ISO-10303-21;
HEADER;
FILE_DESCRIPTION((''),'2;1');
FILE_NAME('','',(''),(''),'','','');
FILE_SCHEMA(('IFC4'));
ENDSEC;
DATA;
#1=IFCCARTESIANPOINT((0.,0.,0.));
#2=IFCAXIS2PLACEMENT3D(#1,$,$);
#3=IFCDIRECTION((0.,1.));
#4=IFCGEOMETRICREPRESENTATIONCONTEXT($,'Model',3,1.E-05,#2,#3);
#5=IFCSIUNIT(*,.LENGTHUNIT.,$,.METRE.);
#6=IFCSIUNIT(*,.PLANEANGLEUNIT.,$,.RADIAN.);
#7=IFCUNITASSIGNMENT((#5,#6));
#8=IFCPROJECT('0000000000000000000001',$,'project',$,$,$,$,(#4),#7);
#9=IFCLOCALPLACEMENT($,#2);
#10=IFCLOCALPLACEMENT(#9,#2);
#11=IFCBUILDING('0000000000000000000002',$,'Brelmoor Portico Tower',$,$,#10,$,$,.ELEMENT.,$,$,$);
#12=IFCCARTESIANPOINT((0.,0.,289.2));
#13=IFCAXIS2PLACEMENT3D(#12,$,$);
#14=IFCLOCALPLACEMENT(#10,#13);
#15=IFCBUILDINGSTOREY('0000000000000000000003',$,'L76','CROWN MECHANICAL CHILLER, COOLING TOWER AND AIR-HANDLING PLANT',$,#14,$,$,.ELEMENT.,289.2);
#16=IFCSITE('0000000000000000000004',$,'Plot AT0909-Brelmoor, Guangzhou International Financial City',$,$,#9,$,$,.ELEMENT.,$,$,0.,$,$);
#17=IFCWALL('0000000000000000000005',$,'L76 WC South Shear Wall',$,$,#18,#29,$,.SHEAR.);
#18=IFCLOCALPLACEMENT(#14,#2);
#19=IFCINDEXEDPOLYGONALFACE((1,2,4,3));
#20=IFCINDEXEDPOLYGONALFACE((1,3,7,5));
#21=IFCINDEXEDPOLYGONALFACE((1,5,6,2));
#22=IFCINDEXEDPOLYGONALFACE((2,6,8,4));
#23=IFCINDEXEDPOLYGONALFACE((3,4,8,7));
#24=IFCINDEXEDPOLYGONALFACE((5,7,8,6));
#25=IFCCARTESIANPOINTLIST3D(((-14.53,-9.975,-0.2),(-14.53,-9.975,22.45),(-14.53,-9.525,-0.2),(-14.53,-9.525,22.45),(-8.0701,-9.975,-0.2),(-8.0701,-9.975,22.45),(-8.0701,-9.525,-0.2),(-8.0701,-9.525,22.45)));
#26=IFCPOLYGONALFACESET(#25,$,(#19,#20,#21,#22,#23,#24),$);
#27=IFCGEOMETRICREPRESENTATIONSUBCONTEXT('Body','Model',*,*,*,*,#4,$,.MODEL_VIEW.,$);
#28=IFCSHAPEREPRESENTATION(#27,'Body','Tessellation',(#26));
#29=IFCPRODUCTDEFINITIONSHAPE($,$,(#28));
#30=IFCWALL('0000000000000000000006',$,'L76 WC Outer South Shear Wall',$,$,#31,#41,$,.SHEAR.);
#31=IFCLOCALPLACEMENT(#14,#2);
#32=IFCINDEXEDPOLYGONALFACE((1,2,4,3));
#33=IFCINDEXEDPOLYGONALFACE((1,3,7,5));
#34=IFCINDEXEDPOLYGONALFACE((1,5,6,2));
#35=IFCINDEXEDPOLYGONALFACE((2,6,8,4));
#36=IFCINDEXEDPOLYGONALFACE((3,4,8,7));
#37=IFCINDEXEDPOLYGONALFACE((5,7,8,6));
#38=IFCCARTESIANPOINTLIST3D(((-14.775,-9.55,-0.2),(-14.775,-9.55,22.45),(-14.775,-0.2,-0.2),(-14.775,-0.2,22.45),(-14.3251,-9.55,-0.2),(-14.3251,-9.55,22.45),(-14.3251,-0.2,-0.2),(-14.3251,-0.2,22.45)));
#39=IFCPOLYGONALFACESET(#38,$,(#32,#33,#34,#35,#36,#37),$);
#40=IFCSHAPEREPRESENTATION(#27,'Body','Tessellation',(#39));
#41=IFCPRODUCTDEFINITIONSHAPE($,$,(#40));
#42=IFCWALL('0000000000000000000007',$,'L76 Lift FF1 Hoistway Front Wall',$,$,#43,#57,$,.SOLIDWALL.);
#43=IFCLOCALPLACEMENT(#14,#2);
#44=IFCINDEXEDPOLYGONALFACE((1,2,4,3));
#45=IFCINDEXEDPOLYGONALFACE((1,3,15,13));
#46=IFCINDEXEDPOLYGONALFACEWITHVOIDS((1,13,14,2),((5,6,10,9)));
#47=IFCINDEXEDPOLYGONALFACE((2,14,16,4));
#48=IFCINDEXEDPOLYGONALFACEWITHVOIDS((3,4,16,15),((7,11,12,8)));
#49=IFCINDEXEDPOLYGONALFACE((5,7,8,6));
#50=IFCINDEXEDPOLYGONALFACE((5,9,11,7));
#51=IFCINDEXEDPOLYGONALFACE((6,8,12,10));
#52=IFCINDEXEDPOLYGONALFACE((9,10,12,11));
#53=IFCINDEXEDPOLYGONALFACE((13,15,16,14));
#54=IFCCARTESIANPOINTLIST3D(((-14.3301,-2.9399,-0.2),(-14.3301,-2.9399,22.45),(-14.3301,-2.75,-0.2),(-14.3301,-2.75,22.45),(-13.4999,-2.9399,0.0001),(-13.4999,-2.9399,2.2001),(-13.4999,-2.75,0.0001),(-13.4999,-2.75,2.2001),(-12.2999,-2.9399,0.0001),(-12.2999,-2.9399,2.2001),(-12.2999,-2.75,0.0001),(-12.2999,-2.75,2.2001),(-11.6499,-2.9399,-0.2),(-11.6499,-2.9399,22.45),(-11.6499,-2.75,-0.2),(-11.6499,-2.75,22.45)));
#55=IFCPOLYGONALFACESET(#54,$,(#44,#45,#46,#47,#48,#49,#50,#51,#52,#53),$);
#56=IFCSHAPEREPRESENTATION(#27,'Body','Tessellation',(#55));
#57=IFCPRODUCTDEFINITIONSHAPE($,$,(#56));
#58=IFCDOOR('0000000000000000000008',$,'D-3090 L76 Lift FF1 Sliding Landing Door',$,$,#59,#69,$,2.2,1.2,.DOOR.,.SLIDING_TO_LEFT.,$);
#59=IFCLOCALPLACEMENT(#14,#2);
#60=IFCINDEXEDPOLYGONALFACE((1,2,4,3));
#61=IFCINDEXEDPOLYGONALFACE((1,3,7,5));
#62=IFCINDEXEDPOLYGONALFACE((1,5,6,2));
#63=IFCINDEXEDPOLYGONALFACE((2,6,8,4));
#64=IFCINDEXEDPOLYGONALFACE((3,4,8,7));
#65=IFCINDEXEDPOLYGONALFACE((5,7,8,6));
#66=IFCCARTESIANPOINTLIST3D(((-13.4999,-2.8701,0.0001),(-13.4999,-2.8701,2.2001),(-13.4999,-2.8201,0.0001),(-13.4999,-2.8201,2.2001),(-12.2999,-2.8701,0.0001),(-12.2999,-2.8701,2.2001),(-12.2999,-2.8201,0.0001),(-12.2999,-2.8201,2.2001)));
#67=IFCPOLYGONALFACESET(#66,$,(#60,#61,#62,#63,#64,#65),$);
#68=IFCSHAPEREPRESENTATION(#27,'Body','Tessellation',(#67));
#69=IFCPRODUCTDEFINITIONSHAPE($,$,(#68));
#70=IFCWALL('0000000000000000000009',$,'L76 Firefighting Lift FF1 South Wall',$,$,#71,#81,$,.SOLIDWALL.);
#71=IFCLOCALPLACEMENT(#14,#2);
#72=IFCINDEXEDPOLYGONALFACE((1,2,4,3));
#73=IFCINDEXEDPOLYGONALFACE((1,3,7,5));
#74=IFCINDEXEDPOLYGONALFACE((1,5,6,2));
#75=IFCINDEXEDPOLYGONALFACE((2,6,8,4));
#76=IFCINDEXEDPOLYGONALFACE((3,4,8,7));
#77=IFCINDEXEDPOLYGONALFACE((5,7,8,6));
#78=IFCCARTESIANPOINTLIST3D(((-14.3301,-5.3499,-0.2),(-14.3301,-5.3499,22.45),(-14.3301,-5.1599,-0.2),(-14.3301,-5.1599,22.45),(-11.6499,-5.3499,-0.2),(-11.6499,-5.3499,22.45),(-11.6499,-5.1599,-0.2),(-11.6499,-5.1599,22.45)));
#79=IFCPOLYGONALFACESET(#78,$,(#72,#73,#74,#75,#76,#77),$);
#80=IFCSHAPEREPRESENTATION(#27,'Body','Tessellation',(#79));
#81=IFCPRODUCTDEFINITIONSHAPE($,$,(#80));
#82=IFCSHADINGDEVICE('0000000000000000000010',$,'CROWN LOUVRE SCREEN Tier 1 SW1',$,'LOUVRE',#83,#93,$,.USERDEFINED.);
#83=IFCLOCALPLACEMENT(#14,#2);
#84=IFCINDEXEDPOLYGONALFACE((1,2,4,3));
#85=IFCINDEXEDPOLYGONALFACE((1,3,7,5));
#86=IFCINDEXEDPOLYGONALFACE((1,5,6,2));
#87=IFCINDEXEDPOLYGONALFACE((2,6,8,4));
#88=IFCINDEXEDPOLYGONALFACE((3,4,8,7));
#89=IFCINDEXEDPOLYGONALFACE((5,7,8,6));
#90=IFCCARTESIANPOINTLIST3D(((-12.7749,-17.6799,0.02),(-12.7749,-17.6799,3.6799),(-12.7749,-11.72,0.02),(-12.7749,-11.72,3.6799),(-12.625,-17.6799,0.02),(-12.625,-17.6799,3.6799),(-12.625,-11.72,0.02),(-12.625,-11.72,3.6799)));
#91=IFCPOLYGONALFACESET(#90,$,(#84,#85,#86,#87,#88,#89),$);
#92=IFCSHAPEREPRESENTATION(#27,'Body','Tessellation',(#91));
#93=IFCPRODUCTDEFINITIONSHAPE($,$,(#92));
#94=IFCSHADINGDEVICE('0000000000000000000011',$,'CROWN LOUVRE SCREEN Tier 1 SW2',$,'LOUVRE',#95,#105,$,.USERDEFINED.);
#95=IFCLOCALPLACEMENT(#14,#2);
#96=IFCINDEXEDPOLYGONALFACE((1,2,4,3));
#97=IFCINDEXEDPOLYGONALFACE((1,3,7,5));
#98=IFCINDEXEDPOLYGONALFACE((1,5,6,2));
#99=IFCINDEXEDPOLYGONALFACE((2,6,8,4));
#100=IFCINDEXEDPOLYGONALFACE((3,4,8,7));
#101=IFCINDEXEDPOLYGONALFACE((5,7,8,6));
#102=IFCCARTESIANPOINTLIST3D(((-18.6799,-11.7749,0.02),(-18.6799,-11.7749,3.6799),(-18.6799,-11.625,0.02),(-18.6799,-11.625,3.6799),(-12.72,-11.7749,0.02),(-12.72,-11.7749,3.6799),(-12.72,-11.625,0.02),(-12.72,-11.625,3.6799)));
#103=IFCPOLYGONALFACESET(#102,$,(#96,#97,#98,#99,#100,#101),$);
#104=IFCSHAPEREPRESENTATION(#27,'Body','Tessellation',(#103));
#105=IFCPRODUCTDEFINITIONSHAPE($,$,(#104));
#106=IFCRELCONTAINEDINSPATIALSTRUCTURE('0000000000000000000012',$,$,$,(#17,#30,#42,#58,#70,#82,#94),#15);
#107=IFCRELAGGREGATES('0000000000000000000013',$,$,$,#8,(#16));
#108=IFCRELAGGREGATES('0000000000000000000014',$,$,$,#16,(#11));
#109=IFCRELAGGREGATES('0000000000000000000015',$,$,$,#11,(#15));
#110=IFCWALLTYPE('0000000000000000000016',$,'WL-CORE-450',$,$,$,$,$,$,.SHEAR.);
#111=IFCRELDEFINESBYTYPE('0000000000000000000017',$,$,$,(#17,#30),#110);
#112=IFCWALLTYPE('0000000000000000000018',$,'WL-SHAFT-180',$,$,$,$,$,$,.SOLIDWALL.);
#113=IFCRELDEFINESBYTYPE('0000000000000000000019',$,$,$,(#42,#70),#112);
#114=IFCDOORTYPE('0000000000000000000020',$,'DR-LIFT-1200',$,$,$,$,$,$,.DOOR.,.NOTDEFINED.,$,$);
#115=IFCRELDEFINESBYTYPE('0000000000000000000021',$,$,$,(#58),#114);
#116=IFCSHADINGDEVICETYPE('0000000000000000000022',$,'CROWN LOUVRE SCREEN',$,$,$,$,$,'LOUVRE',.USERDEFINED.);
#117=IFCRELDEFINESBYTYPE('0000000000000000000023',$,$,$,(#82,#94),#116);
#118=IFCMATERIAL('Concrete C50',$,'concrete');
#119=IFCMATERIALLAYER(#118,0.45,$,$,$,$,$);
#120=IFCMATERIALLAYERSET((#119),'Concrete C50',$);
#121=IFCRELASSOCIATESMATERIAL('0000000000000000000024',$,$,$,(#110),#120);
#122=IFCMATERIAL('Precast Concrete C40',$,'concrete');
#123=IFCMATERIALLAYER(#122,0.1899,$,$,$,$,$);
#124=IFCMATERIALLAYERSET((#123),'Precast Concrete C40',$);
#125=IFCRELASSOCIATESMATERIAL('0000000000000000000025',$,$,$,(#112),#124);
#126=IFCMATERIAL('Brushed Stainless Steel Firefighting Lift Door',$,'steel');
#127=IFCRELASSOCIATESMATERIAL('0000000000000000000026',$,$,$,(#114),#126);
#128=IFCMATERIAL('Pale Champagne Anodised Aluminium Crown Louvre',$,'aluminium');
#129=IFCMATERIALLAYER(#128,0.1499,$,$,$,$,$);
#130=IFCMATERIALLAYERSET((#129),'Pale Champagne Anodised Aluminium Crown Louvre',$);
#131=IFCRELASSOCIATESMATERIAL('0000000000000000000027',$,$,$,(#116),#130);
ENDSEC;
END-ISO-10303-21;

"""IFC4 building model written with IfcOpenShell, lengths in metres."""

from ifc_helpers import new_model, si_unit, direction, frame, frame_2d, origin, origin_2d, place, context, subcontext, project, spatial, rectangle, extrude, material, layer, layer_set, type_object, element, fill, save


model = new_model("IFC4")

# Units and contexts
model_context = context("Model", 3, precision=1e-05, world=origin(), true_north=direction((0.0, 1.0)))
body_context = subcontext(model_context, "Body", "Model", "MODEL_VIEW")
ifc_project = project(units=[si_unit("LENGTHUNIT", "METRE"), si_unit("PLANEANGLEUNIT", "RADIAN")], contexts=[model_context])

# Site, building, storey
site_placement = place(None, origin())
site = spatial("IfcSite", under=ifc_project, at=site_placement, Name="Plot AT0909-Brelmoor, Guangzhou International Financial City", CompositionType="ELEMENT", RefElevation=0.0)
building_placement = place(site_placement, origin())
building = spatial("IfcBuilding", under=site, at=building_placement, Name="Brelmoor Portico Tower", CompositionType="ELEMENT")
storey_placement = place(building_placement, frame((0.0, 0.0, 289.2)))
storey = spatial("IfcBuildingStorey", under=building, at=storey_placement, Name="L76", Description="CROWN MECHANICAL CHILLER, COOLING TOWER AND AIR-HANDLING PLANT", CompositionType="ELEMENT", Elevation=289.2)

# Walls
ifc_material_1 = material(Name="Concrete C50", Category="concrete")
ifc_layer_1 = layer(ifc_material_1, 0.45)
ifc_layer_set_1 = layer_set([ifc_layer_1], Name="Concrete C50")
wall_type_1 = type_object("IfcWallType", Name="WL-CORE-450", PredefinedType="SHEAR", material=ifc_layer_set_1)
wall_1_placement = place(storey_placement, frame((-14.53, -9.75, -0.2), z_axis=(0.0, 0.0, 1.0), x_axis=(1.0, 0.0, 0.0)))
element("IfcWall", 1, at=wall_1_placement, inside=storey, type_object=wall_type_1, Name="L76 WC South Shear Wall", PredefinedType="SHEAR", context=body_context, shape_type="SweptSolid", body=[
    extrude(rectangle(XDim=6.46, YDim=0.45, at=frame_2d((3.23, 0.0))), origin(), (0.0, 0.0, 1.0), 22.6499),
])
wall_2_placement = place(storey_placement, frame((-14.55, -9.55, -0.2), z_axis=(0.0, 0.0, 1.0), x_axis=(0.0, 1.0, 0.0)))
element("IfcWall", 2, at=wall_2_placement, inside=storey, type_object=wall_type_1, Name="L76 WC Outer South Shear Wall", PredefinedType="SHEAR", context=body_context, shape_type="SweptSolid", body=[
    extrude(rectangle(XDim=9.3501, YDim=0.45, at=frame_2d((4.675, 0.0))), origin(), (0.0, 0.0, 1.0), 22.6499),
])

# Wall, opening, door
ifc_material_2 = material(Name="Precast Concrete C40", Category="concrete")
ifc_layer_2 = layer(ifc_material_2, 0.1899)
ifc_layer_set_2 = layer_set([ifc_layer_2], Name="Precast Concrete C40")
wall_type_2 = type_object("IfcWallType", Name="WL-SHAFT-180", PredefinedType="SOLIDWALL", material=ifc_layer_set_2)
wall_3_placement = place(storey_placement, frame((-14.3301, -2.845, -0.2), z_axis=(0.0, 0.0, 1.0), x_axis=(1.0, 0.0, 0.0)))
wall_3 = element("IfcWall", 3, at=wall_3_placement, inside=storey, type_object=wall_type_2, Name="L76 Lift FF1 Hoistway Front Wall", PredefinedType="SOLIDWALL", context=body_context, shape_type="SweptSolid", body=[
    extrude(rectangle(XDim=2.6802, YDim=0.1899, at=frame_2d((1.3401, 0.0))), origin(), (0.0, 0.0, 1.0), 22.6499),
])
opening_placement = place(wall_3_placement, frame((0.8301, 0.0, 0.2)))
opening = element("IfcOpeningElement", 4, at=opening_placement, cuts=wall_3, PredefinedType="OPENING", context=body_context, shape_type="SweptSolid", body=[
    extrude(rectangle(XDim=1.2, YDim=2.2, at=frame_2d((0.6001, 1.1001))), frame((0.0, 0.105, 0.0), z_axis=(0.0, -1.0, 0.0), x_axis=(1.0, 0.0, 0.0)), (0.0, 0.0, 1.0), 0.21),
])
ifc_material_3 = material(Name="Brushed Stainless Steel Firefighting Lift Door", Category="steel")
door_type = type_object("IfcDoorType", Name="DR-LIFT-1200", OperationType="NOTDEFINED", PredefinedType="DOOR", material=ifc_material_3)
door_placement = place(opening_placement, origin())
door = element("IfcDoor", 5, at=door_placement, inside=storey, type_object=door_type, Name="D-3090 L76 Lift FF1 Sliding Landing Door", OperationType="SLIDING_TO_LEFT", OverallHeight=2.2, OverallWidth=1.2, PredefinedType="DOOR", context=body_context, shape_type="SweptSolid", body=[
    extrude(rectangle(XDim=1.2, YDim=2.2, at=frame_2d((0.6001, 1.1001))), frame((0.0, 0.0249, 0.0), z_axis=(0.0, -1.0, 0.0), x_axis=(1.0, 0.0, 0.0)), (0.0, 0.0, 1.0), 0.05),
])
fill(opening, door)

# Wall
wall_4_placement = place(storey_placement, frame((-14.3301, -5.2549, -0.2), z_axis=(0.0, 0.0, 1.0), x_axis=(1.0, 0.0, 0.0)))
element("IfcWall", 6, at=wall_4_placement, inside=storey, type_object=wall_type_2, Name="L76 Firefighting Lift FF1 South Wall", PredefinedType="SOLIDWALL", context=body_context, shape_type="SweptSolid", body=[
    extrude(rectangle(XDim=2.6802, YDim=0.1899, at=frame_2d((1.3401, 0.0))), origin(), (0.0, 0.0, 1.0), 22.6499),
])

# Shading devices
ifc_material_4 = material(Name="Pale Champagne Anodised Aluminium Crown Louvre", Category="aluminium")
ifc_layer_3 = layer(ifc_material_4, 0.1499)
ifc_layer_set_3 = layer_set([ifc_layer_3], Name="Pale Champagne Anodised Aluminium Crown Louvre")
shading_device_type = type_object("IfcShadingDeviceType", Name="CROWN LOUVRE SCREEN", ElementType="LOUVRE", PredefinedType="USERDEFINED", material=ifc_layer_set_3)
for number, where, z_axis, x_axis, name in (
    (7, (-12.7, -14.7, 0.02), (0.0, 0.0, 1.0), (0.0, 1.0, 0.0), "CROWN LOUVRE SCREEN Tier 1 SW1"),
    (8, (-15.7, -11.7, 0.02), (0.0, 0.0, 1.0), (1.0, 0.0, 0.0), "CROWN LOUVRE SCREEN Tier 1 SW2"),
):
    element("IfcShadingDevice", number, at=place(storey_placement, frame(where, z_axis=z_axis, x_axis=x_axis)), inside=storey, type_object=shading_device_type, Name=name, ObjectType="LOUVRE", PredefinedType="USERDEFINED", context=body_context, shape_type="SweptSolid", body=[
        extrude(rectangle(XDim=5.96, YDim=0.1499, at=origin_2d()), origin(), (0.0, 0.0, 1.0), 3.6599),
    ])

save(model, "model.ifc")
